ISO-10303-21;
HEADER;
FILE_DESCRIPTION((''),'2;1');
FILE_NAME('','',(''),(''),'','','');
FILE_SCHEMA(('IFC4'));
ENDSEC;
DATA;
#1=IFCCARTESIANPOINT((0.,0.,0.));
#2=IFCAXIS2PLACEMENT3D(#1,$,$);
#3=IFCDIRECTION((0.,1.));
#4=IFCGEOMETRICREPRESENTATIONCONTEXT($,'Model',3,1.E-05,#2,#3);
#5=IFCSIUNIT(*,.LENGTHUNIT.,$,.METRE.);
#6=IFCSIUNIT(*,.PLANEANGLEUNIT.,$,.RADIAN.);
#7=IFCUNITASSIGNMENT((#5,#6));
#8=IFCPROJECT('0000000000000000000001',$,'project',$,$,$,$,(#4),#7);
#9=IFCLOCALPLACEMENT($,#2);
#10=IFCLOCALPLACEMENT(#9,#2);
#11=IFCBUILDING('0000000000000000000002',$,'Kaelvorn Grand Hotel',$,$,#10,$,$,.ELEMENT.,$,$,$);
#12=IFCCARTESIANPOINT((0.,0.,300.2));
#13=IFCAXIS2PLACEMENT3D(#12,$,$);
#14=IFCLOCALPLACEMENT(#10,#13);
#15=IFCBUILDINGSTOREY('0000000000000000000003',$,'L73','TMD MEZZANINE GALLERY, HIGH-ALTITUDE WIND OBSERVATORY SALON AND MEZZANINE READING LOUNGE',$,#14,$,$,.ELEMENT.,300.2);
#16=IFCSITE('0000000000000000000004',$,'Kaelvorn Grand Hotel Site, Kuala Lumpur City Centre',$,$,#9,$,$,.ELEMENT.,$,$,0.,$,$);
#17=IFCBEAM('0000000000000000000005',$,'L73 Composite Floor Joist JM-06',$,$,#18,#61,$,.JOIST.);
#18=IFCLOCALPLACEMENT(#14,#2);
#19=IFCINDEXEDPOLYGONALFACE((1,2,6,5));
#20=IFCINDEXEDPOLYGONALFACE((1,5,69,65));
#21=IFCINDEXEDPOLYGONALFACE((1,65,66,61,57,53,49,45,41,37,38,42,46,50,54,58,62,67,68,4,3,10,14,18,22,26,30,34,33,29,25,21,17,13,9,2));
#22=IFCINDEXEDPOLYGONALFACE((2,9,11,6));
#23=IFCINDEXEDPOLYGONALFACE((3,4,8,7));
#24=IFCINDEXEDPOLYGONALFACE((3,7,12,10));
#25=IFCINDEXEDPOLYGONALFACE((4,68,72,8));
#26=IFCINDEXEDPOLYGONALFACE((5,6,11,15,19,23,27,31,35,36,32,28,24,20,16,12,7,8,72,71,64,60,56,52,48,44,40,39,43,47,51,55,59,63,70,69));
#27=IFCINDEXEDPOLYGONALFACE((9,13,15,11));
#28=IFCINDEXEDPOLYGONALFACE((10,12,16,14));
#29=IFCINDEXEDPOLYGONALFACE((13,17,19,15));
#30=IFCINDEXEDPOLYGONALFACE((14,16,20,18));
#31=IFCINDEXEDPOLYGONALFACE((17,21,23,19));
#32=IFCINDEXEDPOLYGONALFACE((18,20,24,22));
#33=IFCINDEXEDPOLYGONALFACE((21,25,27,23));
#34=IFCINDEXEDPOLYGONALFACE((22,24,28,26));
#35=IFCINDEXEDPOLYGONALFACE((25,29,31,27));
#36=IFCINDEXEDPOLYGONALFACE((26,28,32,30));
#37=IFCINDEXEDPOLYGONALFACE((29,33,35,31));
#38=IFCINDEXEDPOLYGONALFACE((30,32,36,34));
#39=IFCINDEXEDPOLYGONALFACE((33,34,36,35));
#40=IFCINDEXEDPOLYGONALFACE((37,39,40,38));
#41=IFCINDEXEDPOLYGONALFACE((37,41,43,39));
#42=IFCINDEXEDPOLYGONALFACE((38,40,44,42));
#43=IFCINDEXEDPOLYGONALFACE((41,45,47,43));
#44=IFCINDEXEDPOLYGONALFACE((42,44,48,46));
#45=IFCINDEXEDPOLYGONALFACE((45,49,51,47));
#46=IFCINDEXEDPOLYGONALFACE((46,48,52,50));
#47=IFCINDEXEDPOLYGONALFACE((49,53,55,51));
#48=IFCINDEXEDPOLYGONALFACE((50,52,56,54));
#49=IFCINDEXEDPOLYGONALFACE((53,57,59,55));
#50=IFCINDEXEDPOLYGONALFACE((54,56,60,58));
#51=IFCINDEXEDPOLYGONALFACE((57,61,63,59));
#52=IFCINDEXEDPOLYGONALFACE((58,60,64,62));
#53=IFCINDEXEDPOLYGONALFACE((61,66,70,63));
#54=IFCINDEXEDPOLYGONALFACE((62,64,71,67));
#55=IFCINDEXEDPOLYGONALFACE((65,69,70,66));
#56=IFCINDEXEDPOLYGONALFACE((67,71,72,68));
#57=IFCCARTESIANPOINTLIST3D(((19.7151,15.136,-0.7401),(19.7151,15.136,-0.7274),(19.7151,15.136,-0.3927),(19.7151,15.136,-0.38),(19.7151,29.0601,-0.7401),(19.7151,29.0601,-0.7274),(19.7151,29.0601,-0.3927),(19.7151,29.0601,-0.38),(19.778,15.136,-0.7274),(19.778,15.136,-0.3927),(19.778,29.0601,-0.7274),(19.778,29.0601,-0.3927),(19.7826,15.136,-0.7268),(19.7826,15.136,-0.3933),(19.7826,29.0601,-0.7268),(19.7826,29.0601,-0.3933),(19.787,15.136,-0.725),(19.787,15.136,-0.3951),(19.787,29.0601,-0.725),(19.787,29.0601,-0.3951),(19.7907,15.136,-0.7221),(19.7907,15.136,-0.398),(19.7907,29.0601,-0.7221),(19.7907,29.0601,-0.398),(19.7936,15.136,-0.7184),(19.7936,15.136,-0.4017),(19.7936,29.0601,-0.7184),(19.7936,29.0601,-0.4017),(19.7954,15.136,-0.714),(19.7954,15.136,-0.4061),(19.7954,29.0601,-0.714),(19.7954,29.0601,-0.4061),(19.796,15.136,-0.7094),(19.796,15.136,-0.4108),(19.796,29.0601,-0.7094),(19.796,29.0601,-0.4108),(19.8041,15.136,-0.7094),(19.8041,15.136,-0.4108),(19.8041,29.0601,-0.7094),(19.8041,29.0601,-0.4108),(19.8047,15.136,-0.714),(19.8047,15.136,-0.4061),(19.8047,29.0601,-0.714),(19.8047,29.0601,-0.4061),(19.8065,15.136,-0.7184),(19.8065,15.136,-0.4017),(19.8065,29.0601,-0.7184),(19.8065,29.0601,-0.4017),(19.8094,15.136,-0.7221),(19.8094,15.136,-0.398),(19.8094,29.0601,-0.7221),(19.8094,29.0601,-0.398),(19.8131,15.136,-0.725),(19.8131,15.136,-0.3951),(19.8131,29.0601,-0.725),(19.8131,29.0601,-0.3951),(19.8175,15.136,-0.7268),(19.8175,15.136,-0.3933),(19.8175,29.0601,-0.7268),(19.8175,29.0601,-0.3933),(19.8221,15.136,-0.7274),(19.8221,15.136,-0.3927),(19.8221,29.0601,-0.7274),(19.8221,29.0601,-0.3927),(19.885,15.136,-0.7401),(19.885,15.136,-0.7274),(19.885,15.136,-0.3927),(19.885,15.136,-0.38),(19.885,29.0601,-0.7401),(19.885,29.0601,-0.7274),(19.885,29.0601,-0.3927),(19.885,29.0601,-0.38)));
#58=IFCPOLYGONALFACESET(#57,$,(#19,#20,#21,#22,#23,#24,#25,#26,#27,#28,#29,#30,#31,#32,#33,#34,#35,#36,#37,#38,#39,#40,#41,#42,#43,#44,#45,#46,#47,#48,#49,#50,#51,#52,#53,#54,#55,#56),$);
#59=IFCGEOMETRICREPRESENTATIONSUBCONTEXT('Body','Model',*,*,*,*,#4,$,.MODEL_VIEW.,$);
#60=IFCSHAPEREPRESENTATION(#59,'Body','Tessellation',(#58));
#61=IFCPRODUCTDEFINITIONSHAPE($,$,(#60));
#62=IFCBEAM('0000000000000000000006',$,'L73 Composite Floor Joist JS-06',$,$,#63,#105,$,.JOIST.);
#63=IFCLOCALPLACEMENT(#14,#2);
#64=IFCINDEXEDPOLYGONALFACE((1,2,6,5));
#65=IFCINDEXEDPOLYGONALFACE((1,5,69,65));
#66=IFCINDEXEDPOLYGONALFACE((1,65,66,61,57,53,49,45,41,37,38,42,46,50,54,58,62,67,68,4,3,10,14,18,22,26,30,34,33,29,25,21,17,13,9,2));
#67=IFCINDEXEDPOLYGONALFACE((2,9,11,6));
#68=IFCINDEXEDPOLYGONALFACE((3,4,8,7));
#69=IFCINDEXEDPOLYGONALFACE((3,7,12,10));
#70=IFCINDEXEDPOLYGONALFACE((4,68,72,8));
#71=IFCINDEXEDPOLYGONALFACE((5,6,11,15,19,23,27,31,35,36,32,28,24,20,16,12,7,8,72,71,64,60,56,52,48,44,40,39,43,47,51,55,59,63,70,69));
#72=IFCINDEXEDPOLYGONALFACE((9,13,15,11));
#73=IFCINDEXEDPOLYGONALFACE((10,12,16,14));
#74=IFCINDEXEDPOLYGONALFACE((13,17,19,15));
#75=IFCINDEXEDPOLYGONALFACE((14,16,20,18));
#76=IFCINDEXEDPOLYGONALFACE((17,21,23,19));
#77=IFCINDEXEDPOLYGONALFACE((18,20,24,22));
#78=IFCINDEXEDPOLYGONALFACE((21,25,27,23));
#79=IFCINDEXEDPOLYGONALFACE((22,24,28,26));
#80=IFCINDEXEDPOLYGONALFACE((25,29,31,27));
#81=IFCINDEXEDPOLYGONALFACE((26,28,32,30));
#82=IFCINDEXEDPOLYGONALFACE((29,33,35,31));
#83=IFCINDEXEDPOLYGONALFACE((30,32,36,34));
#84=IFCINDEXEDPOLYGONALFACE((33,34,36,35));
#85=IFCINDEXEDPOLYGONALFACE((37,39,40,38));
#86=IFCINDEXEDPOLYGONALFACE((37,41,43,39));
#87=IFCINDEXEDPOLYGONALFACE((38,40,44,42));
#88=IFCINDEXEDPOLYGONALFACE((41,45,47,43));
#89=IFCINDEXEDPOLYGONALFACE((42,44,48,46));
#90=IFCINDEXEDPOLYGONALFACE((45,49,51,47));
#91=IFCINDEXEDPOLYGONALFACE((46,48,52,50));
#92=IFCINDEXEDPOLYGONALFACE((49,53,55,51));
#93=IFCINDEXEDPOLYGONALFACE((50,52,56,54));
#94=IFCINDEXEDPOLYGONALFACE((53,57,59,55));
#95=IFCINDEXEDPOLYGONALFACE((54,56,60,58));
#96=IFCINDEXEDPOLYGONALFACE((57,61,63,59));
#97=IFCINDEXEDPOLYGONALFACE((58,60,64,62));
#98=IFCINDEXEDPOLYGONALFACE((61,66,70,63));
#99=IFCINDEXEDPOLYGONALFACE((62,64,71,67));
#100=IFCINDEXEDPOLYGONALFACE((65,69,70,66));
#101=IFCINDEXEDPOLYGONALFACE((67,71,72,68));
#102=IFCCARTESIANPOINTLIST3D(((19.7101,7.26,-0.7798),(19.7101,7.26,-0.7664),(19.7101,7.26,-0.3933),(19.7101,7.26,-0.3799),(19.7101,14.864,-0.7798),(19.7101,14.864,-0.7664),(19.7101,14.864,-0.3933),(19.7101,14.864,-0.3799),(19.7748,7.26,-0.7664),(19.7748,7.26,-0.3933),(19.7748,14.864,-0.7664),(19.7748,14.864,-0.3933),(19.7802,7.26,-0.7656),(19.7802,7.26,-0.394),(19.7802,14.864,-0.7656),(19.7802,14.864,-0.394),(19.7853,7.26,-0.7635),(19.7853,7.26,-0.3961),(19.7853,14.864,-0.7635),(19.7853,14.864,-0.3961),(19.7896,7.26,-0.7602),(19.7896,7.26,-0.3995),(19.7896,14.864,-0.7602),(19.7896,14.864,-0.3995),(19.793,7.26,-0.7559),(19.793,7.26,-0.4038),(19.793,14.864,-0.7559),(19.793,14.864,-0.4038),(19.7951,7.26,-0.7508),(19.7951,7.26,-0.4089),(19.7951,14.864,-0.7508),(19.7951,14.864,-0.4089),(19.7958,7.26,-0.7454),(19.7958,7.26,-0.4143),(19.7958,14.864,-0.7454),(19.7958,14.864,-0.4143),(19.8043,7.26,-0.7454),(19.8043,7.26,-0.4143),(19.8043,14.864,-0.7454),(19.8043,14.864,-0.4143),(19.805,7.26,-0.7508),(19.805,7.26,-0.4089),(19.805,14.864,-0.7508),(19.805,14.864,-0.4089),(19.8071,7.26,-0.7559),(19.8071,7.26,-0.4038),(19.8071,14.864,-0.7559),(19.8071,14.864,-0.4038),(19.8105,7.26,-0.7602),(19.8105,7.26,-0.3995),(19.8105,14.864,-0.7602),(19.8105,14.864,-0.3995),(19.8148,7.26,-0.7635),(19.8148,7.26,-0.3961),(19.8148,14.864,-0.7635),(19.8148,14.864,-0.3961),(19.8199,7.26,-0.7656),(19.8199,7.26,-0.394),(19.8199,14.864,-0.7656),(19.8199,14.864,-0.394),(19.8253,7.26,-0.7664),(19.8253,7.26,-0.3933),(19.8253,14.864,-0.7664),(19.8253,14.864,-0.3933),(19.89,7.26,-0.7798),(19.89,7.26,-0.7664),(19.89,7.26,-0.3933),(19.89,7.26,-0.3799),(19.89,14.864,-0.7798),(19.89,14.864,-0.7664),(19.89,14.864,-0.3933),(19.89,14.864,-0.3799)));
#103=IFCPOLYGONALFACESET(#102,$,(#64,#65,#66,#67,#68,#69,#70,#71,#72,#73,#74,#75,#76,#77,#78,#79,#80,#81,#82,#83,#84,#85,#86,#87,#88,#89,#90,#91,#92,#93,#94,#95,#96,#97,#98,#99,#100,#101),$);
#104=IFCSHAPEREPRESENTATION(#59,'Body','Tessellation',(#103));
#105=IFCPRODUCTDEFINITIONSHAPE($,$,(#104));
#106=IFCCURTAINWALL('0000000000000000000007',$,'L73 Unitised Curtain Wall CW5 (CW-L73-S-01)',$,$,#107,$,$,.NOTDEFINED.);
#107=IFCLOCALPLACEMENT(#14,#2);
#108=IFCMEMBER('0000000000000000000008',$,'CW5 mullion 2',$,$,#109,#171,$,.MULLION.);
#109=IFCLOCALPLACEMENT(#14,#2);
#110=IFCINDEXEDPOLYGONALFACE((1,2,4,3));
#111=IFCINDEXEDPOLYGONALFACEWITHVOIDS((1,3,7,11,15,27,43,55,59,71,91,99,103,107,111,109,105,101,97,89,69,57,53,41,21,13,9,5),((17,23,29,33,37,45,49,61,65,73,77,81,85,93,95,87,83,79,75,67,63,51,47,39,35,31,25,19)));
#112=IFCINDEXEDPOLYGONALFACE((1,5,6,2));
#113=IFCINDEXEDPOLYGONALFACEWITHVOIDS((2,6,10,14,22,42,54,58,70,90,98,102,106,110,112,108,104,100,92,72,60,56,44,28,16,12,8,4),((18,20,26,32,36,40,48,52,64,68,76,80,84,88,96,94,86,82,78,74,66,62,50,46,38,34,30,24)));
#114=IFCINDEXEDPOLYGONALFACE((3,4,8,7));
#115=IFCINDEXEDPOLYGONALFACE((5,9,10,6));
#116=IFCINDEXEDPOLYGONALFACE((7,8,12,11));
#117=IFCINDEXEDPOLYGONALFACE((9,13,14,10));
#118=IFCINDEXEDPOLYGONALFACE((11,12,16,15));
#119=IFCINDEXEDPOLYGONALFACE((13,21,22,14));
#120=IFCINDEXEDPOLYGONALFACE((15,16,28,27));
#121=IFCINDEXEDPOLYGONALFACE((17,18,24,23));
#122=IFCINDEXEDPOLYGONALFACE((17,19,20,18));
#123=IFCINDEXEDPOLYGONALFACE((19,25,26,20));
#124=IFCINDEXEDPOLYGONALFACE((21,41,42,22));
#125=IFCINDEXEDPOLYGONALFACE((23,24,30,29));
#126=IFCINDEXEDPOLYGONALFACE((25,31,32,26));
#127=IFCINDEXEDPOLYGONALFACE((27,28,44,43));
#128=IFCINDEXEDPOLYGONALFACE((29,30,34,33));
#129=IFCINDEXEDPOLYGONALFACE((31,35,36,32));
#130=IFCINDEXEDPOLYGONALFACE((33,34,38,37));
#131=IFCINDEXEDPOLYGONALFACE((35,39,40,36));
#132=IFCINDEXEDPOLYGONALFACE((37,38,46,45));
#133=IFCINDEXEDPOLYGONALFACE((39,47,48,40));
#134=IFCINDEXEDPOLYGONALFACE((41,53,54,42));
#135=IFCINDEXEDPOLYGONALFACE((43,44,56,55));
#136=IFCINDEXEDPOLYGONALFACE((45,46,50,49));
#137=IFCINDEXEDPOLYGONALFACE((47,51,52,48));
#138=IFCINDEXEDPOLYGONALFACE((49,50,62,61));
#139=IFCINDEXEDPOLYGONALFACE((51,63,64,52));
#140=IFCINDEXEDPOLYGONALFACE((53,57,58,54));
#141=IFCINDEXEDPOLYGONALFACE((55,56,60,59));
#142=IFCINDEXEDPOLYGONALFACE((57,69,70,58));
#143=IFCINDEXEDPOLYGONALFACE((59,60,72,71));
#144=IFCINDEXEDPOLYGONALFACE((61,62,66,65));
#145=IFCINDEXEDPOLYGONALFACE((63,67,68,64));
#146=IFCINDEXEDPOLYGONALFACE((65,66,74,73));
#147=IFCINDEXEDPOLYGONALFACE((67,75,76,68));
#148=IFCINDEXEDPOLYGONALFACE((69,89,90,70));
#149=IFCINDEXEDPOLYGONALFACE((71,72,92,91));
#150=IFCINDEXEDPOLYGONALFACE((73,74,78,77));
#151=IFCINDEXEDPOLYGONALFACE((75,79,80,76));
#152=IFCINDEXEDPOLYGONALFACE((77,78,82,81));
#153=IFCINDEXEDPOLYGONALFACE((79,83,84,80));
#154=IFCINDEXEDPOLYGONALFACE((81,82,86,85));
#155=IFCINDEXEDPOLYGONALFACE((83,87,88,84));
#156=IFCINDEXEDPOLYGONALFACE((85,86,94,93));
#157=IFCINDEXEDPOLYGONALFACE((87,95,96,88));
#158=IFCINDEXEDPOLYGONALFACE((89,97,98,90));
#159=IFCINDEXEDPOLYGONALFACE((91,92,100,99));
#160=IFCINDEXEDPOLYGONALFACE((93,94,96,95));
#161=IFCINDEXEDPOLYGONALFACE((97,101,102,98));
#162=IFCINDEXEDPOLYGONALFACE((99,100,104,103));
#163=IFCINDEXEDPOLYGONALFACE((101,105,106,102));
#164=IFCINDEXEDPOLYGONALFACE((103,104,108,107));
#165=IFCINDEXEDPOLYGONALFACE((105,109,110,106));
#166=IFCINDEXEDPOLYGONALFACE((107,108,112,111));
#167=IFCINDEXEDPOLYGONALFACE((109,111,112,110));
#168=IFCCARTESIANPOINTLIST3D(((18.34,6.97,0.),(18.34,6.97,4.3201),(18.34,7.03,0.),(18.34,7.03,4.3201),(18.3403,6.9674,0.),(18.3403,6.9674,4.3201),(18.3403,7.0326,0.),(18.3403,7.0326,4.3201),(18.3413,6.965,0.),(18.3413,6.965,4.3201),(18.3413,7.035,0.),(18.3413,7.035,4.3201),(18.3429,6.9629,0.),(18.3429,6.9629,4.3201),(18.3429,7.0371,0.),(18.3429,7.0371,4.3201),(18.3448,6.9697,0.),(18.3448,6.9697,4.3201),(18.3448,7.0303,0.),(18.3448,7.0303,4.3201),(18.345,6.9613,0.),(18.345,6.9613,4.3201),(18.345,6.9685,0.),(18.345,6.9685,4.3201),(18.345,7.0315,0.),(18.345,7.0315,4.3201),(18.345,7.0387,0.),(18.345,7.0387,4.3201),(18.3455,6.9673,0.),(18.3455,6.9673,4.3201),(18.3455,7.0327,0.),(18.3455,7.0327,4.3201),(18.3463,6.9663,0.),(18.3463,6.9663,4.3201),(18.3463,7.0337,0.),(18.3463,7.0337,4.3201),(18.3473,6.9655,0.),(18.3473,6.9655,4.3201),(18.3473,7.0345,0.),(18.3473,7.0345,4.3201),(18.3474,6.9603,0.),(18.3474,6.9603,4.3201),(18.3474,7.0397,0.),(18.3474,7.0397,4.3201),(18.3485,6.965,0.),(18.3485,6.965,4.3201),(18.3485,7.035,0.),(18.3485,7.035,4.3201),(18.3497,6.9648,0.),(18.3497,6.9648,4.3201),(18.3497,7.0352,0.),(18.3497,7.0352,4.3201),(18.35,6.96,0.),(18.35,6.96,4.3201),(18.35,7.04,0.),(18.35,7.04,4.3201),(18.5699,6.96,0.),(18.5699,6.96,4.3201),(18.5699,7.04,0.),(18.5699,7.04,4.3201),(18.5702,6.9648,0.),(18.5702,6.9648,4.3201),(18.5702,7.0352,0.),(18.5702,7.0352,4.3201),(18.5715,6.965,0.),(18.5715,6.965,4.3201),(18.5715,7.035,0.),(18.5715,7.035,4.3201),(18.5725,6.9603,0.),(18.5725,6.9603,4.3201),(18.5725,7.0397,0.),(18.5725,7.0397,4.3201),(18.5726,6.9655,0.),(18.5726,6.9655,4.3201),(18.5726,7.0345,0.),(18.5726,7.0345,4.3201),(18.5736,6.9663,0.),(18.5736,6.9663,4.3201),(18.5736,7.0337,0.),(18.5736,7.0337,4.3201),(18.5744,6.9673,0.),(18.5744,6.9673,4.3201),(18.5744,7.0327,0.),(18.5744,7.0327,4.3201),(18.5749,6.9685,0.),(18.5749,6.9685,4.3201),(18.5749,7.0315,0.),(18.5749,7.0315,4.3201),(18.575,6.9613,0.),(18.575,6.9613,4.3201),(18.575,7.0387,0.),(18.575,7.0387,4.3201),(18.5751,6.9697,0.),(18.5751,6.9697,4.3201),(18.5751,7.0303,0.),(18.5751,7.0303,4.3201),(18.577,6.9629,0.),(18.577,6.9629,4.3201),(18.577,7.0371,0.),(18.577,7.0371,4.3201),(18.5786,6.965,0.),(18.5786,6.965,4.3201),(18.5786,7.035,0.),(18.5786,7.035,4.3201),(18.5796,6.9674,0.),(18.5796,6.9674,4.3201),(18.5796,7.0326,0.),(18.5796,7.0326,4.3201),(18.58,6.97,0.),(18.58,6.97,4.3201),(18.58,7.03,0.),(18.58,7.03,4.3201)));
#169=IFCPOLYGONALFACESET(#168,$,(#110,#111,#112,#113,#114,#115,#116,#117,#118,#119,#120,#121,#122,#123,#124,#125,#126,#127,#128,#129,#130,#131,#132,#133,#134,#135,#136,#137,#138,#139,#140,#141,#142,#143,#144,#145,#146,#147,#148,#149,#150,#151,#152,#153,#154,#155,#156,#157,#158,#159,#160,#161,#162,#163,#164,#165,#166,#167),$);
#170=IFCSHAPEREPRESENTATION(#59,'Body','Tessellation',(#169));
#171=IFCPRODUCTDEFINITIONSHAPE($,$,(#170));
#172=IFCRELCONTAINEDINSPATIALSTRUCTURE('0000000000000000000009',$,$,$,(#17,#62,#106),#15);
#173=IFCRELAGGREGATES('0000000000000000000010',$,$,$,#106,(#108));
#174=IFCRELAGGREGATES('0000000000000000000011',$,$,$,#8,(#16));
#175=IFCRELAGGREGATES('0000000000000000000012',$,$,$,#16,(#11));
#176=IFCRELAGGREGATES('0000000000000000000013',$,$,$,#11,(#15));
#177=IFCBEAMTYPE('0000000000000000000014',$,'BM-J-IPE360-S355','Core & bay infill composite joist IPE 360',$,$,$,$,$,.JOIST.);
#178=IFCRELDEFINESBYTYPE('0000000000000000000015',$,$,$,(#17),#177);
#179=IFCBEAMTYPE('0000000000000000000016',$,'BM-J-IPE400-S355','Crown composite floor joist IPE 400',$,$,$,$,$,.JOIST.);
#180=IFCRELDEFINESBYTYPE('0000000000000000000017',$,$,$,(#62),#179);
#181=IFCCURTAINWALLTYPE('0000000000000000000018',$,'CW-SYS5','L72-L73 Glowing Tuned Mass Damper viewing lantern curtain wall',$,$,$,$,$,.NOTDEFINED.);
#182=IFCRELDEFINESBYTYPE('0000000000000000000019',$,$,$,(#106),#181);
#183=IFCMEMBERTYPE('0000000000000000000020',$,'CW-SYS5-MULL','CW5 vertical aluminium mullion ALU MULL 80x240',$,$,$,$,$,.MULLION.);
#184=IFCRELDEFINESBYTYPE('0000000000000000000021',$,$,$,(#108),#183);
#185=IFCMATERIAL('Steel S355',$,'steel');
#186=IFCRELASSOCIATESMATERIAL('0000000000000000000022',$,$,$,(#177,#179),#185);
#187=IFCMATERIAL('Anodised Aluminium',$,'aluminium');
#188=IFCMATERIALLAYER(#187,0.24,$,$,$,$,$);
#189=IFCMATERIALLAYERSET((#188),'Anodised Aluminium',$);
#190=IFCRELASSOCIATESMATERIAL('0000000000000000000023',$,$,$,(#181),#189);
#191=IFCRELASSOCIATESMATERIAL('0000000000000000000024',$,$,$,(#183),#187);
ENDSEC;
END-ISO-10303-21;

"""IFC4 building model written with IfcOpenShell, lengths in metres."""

from ifc_helpers import new_model, si_unit, direction, frame, origin, origin_2d, place, context, subcontext, project, spatial, hollow_rectangle, i_section, extrude, material, layer, layer_set, material_profile, profile_set, type_object, element, aggregate, save


model = new_model("IFC4")

# Units and contexts
model_context = context("Model", 3, precision=1e-05, world=origin(), true_north=direction((0.0, 1.0)))
body_context = subcontext(model_context, "Body", "Model", "MODEL_VIEW")
ifc_project = project(units=[si_unit("LENGTHUNIT", "METRE"), si_unit("PLANEANGLEUNIT", "RADIAN")], contexts=[model_context])

# Site, building, storey
site_placement = place(None, origin())
site = spatial("IfcSite", under=ifc_project, at=site_placement, Name="Kaelvorn Grand Hotel Site, Kuala Lumpur City Centre", CompositionType="ELEMENT", RefElevation=0.0)
building_placement = place(site_placement, origin())
building = spatial("IfcBuilding", under=site, at=building_placement, Name="Kaelvorn Grand Hotel", CompositionType="ELEMENT")
storey_placement = place(building_placement, frame((0.0, 0.0, 300.2)))
storey = spatial("IfcBuildingStorey", under=building, at=storey_placement, Name="L73", Description="TMD MEZZANINE GALLERY, HIGH-ALTITUDE WIND OBSERVATORY SALON AND MEZZANINE READING LOUNGE", CompositionType="ELEMENT", Elevation=300.2)

# Beams
ifc_material_1 = material(Name="Steel S355", Category="steel")
ifc_material_profile_1 = material_profile(ifc_material_1, i_section(OverallWidth=0.1699, OverallDepth=0.3601, WebThickness=0.0081, FlangeThickness=0.0127, FilletRadius=0.0181, at=origin_2d()), Name="IPE 360")
ifc_profile_set_1 = profile_set([ifc_material_profile_1], Name="Steel S355")
beam_type_1 = type_object("IfcBeamType", Name="BM-J-IPE360-S355", Description="Core & bay infill composite joist IPE 360", PredefinedType="JOIST", material=ifc_profile_set_1)
beam_1_placement = place(storey_placement, frame((19.8, 15.136, -0.5601), z_axis=(0.0, 1.0, 0.0), x_axis=(-1.0, 0.0, 0.0)))
element("IfcBeam", 1, at=beam_1_placement, inside=storey, type_object=beam_type_1, Name="L73 Composite Floor Joist JM-06", PredefinedType="JOIST", context=body_context, shape_type="SweptSolid", body=[
    extrude(i_section(OverallWidth=0.1699, OverallDepth=0.3601, WebThickness=0.0081, FlangeThickness=0.0127, FilletRadius=0.0181, at=origin_2d()), origin(), (0.0, 0.0, 1.0), 13.9241),
])
ifc_material_profile_2 = material_profile(ifc_material_1, i_section(OverallWidth=0.1799, OverallDepth=0.3999, WebThickness=0.0085, FlangeThickness=0.0134, FilletRadius=0.021, at=origin_2d()), Name="IPE 400")
ifc_profile_set_2 = profile_set([ifc_material_profile_2], Name="Steel S355")
beam_type_2 = type_object("IfcBeamType", Name="BM-J-IPE400-S355", Description="Crown composite floor joist IPE 400", PredefinedType="JOIST", material=ifc_profile_set_2)
beam_2_placement = place(storey_placement, frame((19.8, 7.26, -0.5798), z_axis=(0.0, 1.0, 0.0), x_axis=(-1.0, 0.0, 0.0)))
element("IfcBeam", 2, at=beam_2_placement, inside=storey, type_object=beam_type_2, Name="L73 Composite Floor Joist JS-06", PredefinedType="JOIST", context=body_context, shape_type="SweptSolid", body=[
    extrude(i_section(OverallWidth=0.1799, OverallDepth=0.3999, WebThickness=0.0085, FlangeThickness=0.0134, FilletRadius=0.021, at=origin_2d()), origin(), (0.0, 0.0, 1.0), 7.604),
])

# Curtain wall, member
ifc_material_2 = material(Name="Anodised Aluminium", Category="aluminium")
ifc_layer_1 = layer(ifc_material_2, 0.24)
ifc_layer_set_1 = layer_set([ifc_layer_1], Name="Anodised Aluminium")
curtain_wall_type = type_object("IfcCurtainWallType", Name="CW-SYS5", Description="L72-L73 Glowing Tuned Mass Damper viewing lantern curtain wall", PredefinedType="NOTDEFINED", material=ifc_layer_set_1)
curtain_wall_placement = place(storey_placement, origin())
curtain_wall = element("IfcCurtainWall", 3, at=curtain_wall_placement, inside=storey, type_object=curtain_wall_type, Name="L73 Unitised Curtain Wall CW5 (CW-L73-S-01)", PredefinedType="NOTDEFINED")
ifc_material_profile_3 = material_profile(ifc_material_2, hollow_rectangle(XDim=0.0801, YDim=0.24, WallThickness=0.0049, InnerFilletRadius=0.0049, OuterFilletRadius=0.01, at=origin_2d()), Name="ALU MULL 80x240")
ifc_profile_set_3 = profile_set([ifc_material_profile_3], Name="Anodised Aluminium")
member_type_1 = type_object("IfcMemberType", Name="CW-SYS5-MULL", Description="CW5 vertical aluminium mullion ALU MULL 80x240", PredefinedType="MULLION", material=ifc_profile_set_3)
member_1_placement = place(storey_placement, frame((18.46, 7.0, 0.0), z_axis=(0.0, 0.0, 1.0), x_axis=(0.0, 1.0, 0.0)))
member_1 = element("IfcMember", 4, at=member_1_placement, type_object=member_type_1, Name="CW5 mullion 2", PredefinedType="MULLION", context=body_context, shape_type="SweptSolid", body=[
    extrude(hollow_rectangle(XDim=0.0801, YDim=0.24, WallThickness=0.0049, InnerFilletRadius=0.0049, OuterFilletRadius=0.01, at=origin_2d()), origin(), (0.0, 0.0, 1.0), 4.3201),
])
aggregate(curtain_wall, [member_1])

save(model, "model.ifc")
